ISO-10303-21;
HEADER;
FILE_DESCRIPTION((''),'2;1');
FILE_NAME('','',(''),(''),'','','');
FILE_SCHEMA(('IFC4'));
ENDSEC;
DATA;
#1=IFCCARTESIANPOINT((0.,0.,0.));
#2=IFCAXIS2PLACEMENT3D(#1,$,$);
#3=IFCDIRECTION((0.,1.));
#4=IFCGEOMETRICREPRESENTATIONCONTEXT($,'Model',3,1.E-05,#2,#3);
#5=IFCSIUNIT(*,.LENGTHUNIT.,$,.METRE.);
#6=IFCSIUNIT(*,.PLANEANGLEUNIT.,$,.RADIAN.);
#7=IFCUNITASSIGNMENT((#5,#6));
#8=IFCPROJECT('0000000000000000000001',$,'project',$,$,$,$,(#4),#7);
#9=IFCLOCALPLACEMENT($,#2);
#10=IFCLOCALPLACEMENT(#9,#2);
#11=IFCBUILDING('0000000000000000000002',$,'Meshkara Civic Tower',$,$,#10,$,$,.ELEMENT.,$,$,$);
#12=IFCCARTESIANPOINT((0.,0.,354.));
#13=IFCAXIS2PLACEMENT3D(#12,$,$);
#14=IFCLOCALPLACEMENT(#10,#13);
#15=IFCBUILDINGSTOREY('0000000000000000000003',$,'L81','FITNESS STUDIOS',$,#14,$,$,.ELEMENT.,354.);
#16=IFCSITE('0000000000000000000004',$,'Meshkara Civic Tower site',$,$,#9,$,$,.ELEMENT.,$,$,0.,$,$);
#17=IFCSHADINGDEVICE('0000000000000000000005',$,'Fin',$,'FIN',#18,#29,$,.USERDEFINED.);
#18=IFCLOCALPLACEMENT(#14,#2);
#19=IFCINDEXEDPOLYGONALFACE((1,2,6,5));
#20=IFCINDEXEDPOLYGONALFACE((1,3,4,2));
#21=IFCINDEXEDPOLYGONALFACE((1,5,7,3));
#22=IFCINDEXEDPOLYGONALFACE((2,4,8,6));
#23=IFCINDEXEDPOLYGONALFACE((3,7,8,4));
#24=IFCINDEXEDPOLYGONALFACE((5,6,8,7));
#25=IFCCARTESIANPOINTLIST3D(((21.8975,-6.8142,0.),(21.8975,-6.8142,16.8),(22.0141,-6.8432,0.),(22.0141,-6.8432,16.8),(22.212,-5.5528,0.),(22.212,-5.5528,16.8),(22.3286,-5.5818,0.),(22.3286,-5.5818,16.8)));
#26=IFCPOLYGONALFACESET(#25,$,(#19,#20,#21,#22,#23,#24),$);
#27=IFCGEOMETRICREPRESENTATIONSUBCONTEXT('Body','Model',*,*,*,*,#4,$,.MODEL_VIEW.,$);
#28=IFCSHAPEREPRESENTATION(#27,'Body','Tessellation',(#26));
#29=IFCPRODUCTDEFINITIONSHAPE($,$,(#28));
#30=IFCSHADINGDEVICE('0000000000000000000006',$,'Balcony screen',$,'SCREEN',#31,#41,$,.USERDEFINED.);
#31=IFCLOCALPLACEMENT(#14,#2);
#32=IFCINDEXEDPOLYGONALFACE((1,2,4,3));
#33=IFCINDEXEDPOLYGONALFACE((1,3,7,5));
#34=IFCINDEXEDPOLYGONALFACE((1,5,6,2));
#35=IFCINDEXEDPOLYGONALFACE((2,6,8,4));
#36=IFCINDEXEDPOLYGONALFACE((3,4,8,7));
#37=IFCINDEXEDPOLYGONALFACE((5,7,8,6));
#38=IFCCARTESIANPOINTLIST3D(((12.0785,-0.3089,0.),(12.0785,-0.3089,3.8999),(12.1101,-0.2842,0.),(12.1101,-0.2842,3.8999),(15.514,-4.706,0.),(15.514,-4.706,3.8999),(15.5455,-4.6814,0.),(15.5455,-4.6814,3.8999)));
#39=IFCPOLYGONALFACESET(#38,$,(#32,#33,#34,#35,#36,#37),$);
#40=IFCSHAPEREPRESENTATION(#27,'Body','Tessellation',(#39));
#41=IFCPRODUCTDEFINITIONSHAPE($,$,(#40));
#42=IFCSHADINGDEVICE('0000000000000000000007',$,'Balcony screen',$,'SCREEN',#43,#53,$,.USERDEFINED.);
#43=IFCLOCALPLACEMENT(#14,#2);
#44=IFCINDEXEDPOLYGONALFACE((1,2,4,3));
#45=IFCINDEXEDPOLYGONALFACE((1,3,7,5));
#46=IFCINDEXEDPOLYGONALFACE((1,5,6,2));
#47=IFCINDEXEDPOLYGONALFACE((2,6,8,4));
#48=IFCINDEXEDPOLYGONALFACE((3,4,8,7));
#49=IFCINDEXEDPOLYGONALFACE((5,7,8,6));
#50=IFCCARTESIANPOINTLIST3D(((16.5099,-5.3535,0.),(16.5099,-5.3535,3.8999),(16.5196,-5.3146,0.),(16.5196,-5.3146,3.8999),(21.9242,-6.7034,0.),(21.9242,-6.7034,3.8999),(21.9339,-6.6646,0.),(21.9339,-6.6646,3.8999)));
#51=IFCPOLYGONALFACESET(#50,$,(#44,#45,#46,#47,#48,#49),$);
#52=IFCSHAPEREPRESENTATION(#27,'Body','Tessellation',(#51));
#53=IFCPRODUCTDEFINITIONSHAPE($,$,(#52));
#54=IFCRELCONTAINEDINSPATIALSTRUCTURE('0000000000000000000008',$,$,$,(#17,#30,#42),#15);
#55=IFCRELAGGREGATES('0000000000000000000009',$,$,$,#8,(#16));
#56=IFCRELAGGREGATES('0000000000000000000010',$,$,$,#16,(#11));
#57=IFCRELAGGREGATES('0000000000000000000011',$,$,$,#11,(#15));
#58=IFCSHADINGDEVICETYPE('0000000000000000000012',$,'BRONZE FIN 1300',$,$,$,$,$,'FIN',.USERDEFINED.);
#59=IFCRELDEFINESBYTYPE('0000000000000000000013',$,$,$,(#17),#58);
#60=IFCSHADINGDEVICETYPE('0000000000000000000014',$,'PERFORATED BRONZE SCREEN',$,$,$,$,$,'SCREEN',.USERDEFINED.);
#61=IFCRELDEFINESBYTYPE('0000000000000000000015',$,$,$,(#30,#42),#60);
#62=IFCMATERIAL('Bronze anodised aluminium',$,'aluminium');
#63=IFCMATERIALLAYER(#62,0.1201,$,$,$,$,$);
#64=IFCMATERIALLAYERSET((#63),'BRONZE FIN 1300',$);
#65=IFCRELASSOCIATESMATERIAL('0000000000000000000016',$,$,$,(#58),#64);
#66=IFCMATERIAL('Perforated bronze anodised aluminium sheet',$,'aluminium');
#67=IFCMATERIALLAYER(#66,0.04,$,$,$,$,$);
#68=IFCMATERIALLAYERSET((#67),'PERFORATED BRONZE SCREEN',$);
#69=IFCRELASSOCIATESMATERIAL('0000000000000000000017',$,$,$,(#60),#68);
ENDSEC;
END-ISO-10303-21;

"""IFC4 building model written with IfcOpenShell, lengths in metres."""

from ifc_helpers import new_model, si_unit, direction, frame, origin, origin_2d, place, context, subcontext, project, spatial, rectangle, extrude, material, layer, layer_set, type_object, element, save


model = new_model("IFC4")

# Units and contexts
model_context = context("Model", 3, precision=1e-05, world=origin(), true_north=direction((0.0, 1.0)))
body_context = subcontext(model_context, "Body", "Model", "MODEL_VIEW")
ifc_project = project(units=[si_unit("LENGTHUNIT", "METRE"), si_unit("PLANEANGLEUNIT", "RADIAN")], contexts=[model_context])

# Site, building, storey
site_placement = place(None, origin())
site = spatial("IfcSite", under=ifc_project, at=site_placement, Name="Meshkara Civic Tower site", CompositionType="ELEMENT", RefElevation=0.0)
building_placement = place(site_placement, origin())
building = spatial("IfcBuilding", under=site, at=building_placement, Name="Meshkara Civic Tower", CompositionType="ELEMENT")
storey_placement = place(building_placement, frame((0.0, 0.0, 354.0)))
storey = spatial("IfcBuildingStorey", under=building, at=storey_placement, Name="L81", Description="FITNESS STUDIOS", CompositionType="ELEMENT", Elevation=354.0)

# Shading devices
ifc_material_1 = material(Name="Bronze anodised aluminium", Category="aluminium")
ifc_layer_1 = layer(ifc_material_1, 0.1201)
ifc_layer_set_1 = layer_set([ifc_layer_1], Name="BRONZE FIN 1300")
shading_device_type_1 = type_object("IfcShadingDeviceType", Name="BRONZE FIN 1300", ElementType="FIN", PredefinedType="USERDEFINED", material=ifc_layer_set_1)
shading_device_placement = place(storey_placement, frame((22.113, -6.198, 0.0), z_axis=(0.0, 0.0, 1.0), x_axis=(0.970296, -0.241922, 0.0)))
element("IfcShadingDevice", 1, at=shading_device_placement, inside=storey, type_object=shading_device_type_1, Name="Fin", ObjectType="FIN", PredefinedType="USERDEFINED", context=body_context, shape_type="SweptSolid", body=[
    extrude(rectangle(XDim=0.1201, YDim=1.3, at=origin_2d()), origin(), (0.0, 0.0, 1.0), 16.8),
])
ifc_material_2 = material(Name="Perforated bronze anodised aluminium sheet", Category="aluminium")
ifc_layer_2 = layer(ifc_material_2, 0.04)
ifc_layer_set_2 = layer_set([ifc_layer_2], Name="PERFORATED BRONZE SCREEN")
shading_device_type_2 = type_object("IfcShadingDeviceType", Name="PERFORATED BRONZE SCREEN", ElementType="SCREEN", PredefinedType="USERDEFINED", material=ifc_layer_set_2)
for number, where, z_axis, x_axis, name in (
    (2, (13.812, -2.4951, 0.0), (0.0, 0.0, 1.0), (0.615661, -0.788011, 0.0), "Balcony screen"),
    (3, (19.2219, -6.009, 0.0), (0.0, 0.0, 1.0), (0.970296, -0.241922, 0.0), "Balcony screen"),
):
    element("IfcShadingDevice", number, at=place(storey_placement, frame(where, z_axis=z_axis, x_axis=x_axis)), inside=storey, type_object=shading_device_type_2, Name=name, ObjectType="SCREEN", PredefinedType="USERDEFINED", context=body_context, shape_type="SweptSolid", body=[
        extrude(rectangle(XDim=5.5801, YDim=0.04, at=origin_2d()), origin(), (0.0, 0.0, 1.0), 3.8999),
    ])

save(model, "model.ifc")
